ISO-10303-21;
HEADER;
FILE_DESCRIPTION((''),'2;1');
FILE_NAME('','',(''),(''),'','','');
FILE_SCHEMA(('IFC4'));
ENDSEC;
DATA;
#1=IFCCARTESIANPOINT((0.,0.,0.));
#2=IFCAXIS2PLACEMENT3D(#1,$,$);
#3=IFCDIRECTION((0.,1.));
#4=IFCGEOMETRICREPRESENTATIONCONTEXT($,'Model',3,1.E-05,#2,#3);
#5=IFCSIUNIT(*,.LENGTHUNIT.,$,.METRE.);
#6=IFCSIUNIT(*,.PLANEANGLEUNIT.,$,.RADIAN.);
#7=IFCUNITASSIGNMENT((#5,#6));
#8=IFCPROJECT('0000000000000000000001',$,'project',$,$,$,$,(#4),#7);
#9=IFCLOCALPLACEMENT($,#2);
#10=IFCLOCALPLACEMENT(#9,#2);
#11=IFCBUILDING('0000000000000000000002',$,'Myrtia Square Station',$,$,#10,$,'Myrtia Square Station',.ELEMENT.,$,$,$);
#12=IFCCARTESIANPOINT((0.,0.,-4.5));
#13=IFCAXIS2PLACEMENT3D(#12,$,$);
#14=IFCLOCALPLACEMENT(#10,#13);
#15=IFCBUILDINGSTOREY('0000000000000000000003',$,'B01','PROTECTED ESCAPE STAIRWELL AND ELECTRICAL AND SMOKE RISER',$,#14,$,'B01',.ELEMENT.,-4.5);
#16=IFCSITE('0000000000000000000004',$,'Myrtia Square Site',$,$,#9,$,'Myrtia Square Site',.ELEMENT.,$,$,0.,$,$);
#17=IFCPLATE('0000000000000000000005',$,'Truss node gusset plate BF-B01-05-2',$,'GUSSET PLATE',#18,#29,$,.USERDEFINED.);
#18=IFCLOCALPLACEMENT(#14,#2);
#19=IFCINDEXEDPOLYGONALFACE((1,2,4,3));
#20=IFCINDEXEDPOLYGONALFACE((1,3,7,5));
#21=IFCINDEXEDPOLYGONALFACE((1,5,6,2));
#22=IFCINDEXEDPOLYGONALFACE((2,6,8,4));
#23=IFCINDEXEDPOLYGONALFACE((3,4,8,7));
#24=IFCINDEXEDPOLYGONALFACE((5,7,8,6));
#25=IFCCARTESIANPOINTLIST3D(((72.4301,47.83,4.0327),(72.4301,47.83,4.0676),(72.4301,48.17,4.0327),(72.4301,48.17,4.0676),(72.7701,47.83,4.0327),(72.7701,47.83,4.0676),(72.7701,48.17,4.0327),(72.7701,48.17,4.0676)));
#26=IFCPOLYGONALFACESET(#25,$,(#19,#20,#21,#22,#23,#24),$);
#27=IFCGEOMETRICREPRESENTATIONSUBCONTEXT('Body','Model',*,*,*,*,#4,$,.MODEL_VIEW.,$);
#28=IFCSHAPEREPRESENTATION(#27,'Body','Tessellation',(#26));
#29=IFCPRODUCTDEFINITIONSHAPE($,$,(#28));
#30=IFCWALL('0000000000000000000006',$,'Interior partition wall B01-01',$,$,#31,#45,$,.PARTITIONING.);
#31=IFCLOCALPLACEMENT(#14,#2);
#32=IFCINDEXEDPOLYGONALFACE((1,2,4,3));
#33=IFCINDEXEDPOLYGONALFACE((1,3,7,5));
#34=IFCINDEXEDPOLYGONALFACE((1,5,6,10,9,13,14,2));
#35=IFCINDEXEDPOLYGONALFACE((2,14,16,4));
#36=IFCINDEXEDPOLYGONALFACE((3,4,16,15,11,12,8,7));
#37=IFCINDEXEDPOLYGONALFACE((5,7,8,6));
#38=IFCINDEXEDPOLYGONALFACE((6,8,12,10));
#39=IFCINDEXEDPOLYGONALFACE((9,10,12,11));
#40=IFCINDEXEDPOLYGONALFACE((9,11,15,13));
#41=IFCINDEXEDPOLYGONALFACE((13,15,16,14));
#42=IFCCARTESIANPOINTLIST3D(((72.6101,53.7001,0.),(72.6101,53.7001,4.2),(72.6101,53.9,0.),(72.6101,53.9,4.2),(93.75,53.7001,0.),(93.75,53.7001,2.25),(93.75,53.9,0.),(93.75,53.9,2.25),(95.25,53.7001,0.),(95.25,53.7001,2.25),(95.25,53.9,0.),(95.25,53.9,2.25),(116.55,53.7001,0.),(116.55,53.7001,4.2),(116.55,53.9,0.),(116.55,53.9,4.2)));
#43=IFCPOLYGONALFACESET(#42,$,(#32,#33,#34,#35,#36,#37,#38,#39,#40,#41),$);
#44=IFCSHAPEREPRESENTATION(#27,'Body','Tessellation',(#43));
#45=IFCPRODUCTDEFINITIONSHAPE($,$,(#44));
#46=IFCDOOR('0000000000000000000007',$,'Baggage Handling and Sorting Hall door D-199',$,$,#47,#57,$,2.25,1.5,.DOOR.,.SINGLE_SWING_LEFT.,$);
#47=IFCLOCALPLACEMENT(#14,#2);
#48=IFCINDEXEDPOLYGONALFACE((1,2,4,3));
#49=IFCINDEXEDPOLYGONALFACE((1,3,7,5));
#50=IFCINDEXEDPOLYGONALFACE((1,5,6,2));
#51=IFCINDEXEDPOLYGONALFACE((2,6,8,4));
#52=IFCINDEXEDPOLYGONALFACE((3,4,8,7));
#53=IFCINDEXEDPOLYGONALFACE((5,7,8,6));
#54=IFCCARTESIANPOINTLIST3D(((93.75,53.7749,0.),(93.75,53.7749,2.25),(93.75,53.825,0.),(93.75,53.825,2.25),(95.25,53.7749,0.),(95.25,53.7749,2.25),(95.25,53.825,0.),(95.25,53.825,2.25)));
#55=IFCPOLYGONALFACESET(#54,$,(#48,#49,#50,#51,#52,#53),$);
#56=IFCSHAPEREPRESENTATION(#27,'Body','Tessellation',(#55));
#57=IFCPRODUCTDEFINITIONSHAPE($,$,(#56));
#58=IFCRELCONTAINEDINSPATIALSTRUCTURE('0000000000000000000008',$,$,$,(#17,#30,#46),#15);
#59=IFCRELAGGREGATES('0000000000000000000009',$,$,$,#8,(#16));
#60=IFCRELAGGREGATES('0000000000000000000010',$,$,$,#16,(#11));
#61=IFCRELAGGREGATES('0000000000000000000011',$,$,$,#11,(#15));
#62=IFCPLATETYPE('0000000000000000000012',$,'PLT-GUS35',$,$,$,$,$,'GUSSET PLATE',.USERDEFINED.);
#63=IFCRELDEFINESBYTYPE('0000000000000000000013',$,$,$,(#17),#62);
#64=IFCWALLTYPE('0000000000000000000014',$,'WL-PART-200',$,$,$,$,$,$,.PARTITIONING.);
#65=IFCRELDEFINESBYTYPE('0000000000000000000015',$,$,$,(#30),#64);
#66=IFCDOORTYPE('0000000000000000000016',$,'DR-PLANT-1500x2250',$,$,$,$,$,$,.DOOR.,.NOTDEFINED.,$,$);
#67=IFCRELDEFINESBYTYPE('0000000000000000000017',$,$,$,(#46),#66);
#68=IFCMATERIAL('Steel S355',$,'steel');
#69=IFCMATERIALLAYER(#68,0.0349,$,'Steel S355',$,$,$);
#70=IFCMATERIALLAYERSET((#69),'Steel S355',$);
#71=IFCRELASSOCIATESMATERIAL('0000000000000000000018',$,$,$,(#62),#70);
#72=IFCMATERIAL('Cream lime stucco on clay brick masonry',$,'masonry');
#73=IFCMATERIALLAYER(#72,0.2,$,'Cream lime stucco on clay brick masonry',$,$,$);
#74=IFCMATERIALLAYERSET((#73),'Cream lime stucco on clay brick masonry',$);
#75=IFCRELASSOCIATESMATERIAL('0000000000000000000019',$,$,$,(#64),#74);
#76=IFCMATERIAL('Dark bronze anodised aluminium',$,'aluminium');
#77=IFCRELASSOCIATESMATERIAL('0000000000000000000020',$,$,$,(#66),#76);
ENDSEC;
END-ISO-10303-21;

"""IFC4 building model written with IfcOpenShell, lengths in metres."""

from ifc_helpers import new_model, si_unit, direction, frame, frame_2d, origin, origin_2d, place, context, subcontext, project, spatial, rectangle, extrude, material, layer, layer_set, type_object, element, fill, save


model = new_model("IFC4")

# Units and contexts
model_context = context("Model", 3, precision=1e-05, world=origin(), true_north=direction((0.0, 1.0)))
body_context = subcontext(model_context, "Body", "Model", "MODEL_VIEW")
ifc_project = project(units=[si_unit("LENGTHUNIT", "METRE"), si_unit("PLANEANGLEUNIT", "RADIAN")], contexts=[model_context])

# Site, building, storey
site_placement = place(None, origin())
site = spatial("IfcSite", under=ifc_project, at=site_placement, Name="Myrtia Square Site", LongName="Myrtia Square Site", CompositionType="ELEMENT", RefElevation=0.0)
building_placement = place(site_placement, origin())
building = spatial("IfcBuilding", under=site, at=building_placement, Name="Myrtia Square Station", LongName="Myrtia Square Station", CompositionType="ELEMENT")
storey_placement = place(building_placement, frame((0.0, 0.0, -4.5)))
storey = spatial("IfcBuildingStorey", under=building, at=storey_placement, Name="B01", Description="PROTECTED ESCAPE STAIRWELL AND ELECTRICAL AND SMOKE RISER", LongName="B01", CompositionType="ELEMENT", Elevation=-4.5)

# Shared definitions
ifc_material_1 = material(Name="Steel S355", Category="steel")

# Plate
ifc_layer_1 = layer(ifc_material_1, 0.0349, Name="Steel S355")
ifc_layer_set_1 = layer_set([ifc_layer_1], Name="Steel S355")
plate_type = type_object("IfcPlateType", Name="PLT-GUS35", ElementType="GUSSET PLATE", PredefinedType="USERDEFINED", material=ifc_layer_set_1)
plate_placement = place(storey_placement, frame((72.6001, 48.0, 4.0327), z_axis=(0.0, 0.0, 1.0), x_axis=(0.0, 1.0, 0.0)))
element("IfcPlate", 1, at=plate_placement, inside=storey, type_object=plate_type, Name="Truss node gusset plate BF-B01-05-2", ObjectType="GUSSET PLATE", PredefinedType="USERDEFINED", context=body_context, shape_type="SweptSolid", body=[
    extrude(rectangle(XDim=0.3401, YDim=0.3401, at=origin_2d()), origin(), (0.0, 0.0, 1.0), 0.0349),
])

# Wall, opening, door
ifc_material_2 = material(Name="Cream lime stucco on clay brick masonry", Category="masonry")
ifc_layer_2 = layer(ifc_material_2, 0.2, Name="Cream lime stucco on clay brick masonry")
ifc_layer_set_2 = layer_set([ifc_layer_2], Name="Cream lime stucco on clay brick masonry")
wall_type = type_object("IfcWallType", Name="WL-PART-200", PredefinedType="PARTITIONING", material=ifc_layer_set_2)
wall_placement = place(storey_placement, frame((72.6101, 53.8, 0.0), z_axis=(0.0, 0.0, 1.0), x_axis=(1.0, 0.0, 0.0)))
wall = element("IfcWall", 2, at=wall_placement, inside=storey, type_object=wall_type, Name="Interior partition wall B01-01", PredefinedType="PARTITIONING", context=body_context, shape_type="SweptSolid", body=[
    extrude(rectangle(XDim=43.9399, YDim=0.2, at=frame_2d((21.97, 0.0))), origin(), (0.0, 0.0, 1.0), 4.2),
])
opening_placement = place(wall_placement, frame((21.1399, 0.0, 0.0)))
opening = element("IfcOpeningElement", 3, at=opening_placement, cuts=wall, PredefinedType="OPENING", context=body_context, shape_type="SweptSolid", body=[
    extrude(rectangle(XDim=1.5, YDim=2.25, at=frame_2d((0.75, 1.125))), frame((0.0, 0.115, 0.0), z_axis=(0.0, -1.0, 0.0), x_axis=(1.0, 0.0, 0.0)), (0.0, 0.0, 1.0), 0.23),
])
ifc_material_3 = material(Name="Dark bronze anodised aluminium", Category="aluminium")
door_type = type_object("IfcDoorType", Name="DR-PLANT-1500x2250", OperationType="NOTDEFINED", PredefinedType="DOOR", material=ifc_material_3)
door_placement = place(opening_placement, origin())
door = element("IfcDoor", 4, at=door_placement, inside=storey, type_object=door_type, Name="Baggage Handling and Sorting Hall door D-199", OperationType="SINGLE_SWING_LEFT", OverallHeight=2.25, OverallWidth=1.5, PredefinedType="DOOR", context=body_context, shape_type="SweptSolid", body=[
    extrude(rectangle(XDim=1.5, YDim=2.25, at=frame_2d((0.75, 1.125))), frame((0.0, 0.0249, 0.0), z_axis=(0.0, -1.0, 0.0), x_axis=(1.0, 0.0, 0.0)), (0.0, 0.0, 1.0), 0.05),
])
fill(opening, door)

save(model, "model.ifc")
